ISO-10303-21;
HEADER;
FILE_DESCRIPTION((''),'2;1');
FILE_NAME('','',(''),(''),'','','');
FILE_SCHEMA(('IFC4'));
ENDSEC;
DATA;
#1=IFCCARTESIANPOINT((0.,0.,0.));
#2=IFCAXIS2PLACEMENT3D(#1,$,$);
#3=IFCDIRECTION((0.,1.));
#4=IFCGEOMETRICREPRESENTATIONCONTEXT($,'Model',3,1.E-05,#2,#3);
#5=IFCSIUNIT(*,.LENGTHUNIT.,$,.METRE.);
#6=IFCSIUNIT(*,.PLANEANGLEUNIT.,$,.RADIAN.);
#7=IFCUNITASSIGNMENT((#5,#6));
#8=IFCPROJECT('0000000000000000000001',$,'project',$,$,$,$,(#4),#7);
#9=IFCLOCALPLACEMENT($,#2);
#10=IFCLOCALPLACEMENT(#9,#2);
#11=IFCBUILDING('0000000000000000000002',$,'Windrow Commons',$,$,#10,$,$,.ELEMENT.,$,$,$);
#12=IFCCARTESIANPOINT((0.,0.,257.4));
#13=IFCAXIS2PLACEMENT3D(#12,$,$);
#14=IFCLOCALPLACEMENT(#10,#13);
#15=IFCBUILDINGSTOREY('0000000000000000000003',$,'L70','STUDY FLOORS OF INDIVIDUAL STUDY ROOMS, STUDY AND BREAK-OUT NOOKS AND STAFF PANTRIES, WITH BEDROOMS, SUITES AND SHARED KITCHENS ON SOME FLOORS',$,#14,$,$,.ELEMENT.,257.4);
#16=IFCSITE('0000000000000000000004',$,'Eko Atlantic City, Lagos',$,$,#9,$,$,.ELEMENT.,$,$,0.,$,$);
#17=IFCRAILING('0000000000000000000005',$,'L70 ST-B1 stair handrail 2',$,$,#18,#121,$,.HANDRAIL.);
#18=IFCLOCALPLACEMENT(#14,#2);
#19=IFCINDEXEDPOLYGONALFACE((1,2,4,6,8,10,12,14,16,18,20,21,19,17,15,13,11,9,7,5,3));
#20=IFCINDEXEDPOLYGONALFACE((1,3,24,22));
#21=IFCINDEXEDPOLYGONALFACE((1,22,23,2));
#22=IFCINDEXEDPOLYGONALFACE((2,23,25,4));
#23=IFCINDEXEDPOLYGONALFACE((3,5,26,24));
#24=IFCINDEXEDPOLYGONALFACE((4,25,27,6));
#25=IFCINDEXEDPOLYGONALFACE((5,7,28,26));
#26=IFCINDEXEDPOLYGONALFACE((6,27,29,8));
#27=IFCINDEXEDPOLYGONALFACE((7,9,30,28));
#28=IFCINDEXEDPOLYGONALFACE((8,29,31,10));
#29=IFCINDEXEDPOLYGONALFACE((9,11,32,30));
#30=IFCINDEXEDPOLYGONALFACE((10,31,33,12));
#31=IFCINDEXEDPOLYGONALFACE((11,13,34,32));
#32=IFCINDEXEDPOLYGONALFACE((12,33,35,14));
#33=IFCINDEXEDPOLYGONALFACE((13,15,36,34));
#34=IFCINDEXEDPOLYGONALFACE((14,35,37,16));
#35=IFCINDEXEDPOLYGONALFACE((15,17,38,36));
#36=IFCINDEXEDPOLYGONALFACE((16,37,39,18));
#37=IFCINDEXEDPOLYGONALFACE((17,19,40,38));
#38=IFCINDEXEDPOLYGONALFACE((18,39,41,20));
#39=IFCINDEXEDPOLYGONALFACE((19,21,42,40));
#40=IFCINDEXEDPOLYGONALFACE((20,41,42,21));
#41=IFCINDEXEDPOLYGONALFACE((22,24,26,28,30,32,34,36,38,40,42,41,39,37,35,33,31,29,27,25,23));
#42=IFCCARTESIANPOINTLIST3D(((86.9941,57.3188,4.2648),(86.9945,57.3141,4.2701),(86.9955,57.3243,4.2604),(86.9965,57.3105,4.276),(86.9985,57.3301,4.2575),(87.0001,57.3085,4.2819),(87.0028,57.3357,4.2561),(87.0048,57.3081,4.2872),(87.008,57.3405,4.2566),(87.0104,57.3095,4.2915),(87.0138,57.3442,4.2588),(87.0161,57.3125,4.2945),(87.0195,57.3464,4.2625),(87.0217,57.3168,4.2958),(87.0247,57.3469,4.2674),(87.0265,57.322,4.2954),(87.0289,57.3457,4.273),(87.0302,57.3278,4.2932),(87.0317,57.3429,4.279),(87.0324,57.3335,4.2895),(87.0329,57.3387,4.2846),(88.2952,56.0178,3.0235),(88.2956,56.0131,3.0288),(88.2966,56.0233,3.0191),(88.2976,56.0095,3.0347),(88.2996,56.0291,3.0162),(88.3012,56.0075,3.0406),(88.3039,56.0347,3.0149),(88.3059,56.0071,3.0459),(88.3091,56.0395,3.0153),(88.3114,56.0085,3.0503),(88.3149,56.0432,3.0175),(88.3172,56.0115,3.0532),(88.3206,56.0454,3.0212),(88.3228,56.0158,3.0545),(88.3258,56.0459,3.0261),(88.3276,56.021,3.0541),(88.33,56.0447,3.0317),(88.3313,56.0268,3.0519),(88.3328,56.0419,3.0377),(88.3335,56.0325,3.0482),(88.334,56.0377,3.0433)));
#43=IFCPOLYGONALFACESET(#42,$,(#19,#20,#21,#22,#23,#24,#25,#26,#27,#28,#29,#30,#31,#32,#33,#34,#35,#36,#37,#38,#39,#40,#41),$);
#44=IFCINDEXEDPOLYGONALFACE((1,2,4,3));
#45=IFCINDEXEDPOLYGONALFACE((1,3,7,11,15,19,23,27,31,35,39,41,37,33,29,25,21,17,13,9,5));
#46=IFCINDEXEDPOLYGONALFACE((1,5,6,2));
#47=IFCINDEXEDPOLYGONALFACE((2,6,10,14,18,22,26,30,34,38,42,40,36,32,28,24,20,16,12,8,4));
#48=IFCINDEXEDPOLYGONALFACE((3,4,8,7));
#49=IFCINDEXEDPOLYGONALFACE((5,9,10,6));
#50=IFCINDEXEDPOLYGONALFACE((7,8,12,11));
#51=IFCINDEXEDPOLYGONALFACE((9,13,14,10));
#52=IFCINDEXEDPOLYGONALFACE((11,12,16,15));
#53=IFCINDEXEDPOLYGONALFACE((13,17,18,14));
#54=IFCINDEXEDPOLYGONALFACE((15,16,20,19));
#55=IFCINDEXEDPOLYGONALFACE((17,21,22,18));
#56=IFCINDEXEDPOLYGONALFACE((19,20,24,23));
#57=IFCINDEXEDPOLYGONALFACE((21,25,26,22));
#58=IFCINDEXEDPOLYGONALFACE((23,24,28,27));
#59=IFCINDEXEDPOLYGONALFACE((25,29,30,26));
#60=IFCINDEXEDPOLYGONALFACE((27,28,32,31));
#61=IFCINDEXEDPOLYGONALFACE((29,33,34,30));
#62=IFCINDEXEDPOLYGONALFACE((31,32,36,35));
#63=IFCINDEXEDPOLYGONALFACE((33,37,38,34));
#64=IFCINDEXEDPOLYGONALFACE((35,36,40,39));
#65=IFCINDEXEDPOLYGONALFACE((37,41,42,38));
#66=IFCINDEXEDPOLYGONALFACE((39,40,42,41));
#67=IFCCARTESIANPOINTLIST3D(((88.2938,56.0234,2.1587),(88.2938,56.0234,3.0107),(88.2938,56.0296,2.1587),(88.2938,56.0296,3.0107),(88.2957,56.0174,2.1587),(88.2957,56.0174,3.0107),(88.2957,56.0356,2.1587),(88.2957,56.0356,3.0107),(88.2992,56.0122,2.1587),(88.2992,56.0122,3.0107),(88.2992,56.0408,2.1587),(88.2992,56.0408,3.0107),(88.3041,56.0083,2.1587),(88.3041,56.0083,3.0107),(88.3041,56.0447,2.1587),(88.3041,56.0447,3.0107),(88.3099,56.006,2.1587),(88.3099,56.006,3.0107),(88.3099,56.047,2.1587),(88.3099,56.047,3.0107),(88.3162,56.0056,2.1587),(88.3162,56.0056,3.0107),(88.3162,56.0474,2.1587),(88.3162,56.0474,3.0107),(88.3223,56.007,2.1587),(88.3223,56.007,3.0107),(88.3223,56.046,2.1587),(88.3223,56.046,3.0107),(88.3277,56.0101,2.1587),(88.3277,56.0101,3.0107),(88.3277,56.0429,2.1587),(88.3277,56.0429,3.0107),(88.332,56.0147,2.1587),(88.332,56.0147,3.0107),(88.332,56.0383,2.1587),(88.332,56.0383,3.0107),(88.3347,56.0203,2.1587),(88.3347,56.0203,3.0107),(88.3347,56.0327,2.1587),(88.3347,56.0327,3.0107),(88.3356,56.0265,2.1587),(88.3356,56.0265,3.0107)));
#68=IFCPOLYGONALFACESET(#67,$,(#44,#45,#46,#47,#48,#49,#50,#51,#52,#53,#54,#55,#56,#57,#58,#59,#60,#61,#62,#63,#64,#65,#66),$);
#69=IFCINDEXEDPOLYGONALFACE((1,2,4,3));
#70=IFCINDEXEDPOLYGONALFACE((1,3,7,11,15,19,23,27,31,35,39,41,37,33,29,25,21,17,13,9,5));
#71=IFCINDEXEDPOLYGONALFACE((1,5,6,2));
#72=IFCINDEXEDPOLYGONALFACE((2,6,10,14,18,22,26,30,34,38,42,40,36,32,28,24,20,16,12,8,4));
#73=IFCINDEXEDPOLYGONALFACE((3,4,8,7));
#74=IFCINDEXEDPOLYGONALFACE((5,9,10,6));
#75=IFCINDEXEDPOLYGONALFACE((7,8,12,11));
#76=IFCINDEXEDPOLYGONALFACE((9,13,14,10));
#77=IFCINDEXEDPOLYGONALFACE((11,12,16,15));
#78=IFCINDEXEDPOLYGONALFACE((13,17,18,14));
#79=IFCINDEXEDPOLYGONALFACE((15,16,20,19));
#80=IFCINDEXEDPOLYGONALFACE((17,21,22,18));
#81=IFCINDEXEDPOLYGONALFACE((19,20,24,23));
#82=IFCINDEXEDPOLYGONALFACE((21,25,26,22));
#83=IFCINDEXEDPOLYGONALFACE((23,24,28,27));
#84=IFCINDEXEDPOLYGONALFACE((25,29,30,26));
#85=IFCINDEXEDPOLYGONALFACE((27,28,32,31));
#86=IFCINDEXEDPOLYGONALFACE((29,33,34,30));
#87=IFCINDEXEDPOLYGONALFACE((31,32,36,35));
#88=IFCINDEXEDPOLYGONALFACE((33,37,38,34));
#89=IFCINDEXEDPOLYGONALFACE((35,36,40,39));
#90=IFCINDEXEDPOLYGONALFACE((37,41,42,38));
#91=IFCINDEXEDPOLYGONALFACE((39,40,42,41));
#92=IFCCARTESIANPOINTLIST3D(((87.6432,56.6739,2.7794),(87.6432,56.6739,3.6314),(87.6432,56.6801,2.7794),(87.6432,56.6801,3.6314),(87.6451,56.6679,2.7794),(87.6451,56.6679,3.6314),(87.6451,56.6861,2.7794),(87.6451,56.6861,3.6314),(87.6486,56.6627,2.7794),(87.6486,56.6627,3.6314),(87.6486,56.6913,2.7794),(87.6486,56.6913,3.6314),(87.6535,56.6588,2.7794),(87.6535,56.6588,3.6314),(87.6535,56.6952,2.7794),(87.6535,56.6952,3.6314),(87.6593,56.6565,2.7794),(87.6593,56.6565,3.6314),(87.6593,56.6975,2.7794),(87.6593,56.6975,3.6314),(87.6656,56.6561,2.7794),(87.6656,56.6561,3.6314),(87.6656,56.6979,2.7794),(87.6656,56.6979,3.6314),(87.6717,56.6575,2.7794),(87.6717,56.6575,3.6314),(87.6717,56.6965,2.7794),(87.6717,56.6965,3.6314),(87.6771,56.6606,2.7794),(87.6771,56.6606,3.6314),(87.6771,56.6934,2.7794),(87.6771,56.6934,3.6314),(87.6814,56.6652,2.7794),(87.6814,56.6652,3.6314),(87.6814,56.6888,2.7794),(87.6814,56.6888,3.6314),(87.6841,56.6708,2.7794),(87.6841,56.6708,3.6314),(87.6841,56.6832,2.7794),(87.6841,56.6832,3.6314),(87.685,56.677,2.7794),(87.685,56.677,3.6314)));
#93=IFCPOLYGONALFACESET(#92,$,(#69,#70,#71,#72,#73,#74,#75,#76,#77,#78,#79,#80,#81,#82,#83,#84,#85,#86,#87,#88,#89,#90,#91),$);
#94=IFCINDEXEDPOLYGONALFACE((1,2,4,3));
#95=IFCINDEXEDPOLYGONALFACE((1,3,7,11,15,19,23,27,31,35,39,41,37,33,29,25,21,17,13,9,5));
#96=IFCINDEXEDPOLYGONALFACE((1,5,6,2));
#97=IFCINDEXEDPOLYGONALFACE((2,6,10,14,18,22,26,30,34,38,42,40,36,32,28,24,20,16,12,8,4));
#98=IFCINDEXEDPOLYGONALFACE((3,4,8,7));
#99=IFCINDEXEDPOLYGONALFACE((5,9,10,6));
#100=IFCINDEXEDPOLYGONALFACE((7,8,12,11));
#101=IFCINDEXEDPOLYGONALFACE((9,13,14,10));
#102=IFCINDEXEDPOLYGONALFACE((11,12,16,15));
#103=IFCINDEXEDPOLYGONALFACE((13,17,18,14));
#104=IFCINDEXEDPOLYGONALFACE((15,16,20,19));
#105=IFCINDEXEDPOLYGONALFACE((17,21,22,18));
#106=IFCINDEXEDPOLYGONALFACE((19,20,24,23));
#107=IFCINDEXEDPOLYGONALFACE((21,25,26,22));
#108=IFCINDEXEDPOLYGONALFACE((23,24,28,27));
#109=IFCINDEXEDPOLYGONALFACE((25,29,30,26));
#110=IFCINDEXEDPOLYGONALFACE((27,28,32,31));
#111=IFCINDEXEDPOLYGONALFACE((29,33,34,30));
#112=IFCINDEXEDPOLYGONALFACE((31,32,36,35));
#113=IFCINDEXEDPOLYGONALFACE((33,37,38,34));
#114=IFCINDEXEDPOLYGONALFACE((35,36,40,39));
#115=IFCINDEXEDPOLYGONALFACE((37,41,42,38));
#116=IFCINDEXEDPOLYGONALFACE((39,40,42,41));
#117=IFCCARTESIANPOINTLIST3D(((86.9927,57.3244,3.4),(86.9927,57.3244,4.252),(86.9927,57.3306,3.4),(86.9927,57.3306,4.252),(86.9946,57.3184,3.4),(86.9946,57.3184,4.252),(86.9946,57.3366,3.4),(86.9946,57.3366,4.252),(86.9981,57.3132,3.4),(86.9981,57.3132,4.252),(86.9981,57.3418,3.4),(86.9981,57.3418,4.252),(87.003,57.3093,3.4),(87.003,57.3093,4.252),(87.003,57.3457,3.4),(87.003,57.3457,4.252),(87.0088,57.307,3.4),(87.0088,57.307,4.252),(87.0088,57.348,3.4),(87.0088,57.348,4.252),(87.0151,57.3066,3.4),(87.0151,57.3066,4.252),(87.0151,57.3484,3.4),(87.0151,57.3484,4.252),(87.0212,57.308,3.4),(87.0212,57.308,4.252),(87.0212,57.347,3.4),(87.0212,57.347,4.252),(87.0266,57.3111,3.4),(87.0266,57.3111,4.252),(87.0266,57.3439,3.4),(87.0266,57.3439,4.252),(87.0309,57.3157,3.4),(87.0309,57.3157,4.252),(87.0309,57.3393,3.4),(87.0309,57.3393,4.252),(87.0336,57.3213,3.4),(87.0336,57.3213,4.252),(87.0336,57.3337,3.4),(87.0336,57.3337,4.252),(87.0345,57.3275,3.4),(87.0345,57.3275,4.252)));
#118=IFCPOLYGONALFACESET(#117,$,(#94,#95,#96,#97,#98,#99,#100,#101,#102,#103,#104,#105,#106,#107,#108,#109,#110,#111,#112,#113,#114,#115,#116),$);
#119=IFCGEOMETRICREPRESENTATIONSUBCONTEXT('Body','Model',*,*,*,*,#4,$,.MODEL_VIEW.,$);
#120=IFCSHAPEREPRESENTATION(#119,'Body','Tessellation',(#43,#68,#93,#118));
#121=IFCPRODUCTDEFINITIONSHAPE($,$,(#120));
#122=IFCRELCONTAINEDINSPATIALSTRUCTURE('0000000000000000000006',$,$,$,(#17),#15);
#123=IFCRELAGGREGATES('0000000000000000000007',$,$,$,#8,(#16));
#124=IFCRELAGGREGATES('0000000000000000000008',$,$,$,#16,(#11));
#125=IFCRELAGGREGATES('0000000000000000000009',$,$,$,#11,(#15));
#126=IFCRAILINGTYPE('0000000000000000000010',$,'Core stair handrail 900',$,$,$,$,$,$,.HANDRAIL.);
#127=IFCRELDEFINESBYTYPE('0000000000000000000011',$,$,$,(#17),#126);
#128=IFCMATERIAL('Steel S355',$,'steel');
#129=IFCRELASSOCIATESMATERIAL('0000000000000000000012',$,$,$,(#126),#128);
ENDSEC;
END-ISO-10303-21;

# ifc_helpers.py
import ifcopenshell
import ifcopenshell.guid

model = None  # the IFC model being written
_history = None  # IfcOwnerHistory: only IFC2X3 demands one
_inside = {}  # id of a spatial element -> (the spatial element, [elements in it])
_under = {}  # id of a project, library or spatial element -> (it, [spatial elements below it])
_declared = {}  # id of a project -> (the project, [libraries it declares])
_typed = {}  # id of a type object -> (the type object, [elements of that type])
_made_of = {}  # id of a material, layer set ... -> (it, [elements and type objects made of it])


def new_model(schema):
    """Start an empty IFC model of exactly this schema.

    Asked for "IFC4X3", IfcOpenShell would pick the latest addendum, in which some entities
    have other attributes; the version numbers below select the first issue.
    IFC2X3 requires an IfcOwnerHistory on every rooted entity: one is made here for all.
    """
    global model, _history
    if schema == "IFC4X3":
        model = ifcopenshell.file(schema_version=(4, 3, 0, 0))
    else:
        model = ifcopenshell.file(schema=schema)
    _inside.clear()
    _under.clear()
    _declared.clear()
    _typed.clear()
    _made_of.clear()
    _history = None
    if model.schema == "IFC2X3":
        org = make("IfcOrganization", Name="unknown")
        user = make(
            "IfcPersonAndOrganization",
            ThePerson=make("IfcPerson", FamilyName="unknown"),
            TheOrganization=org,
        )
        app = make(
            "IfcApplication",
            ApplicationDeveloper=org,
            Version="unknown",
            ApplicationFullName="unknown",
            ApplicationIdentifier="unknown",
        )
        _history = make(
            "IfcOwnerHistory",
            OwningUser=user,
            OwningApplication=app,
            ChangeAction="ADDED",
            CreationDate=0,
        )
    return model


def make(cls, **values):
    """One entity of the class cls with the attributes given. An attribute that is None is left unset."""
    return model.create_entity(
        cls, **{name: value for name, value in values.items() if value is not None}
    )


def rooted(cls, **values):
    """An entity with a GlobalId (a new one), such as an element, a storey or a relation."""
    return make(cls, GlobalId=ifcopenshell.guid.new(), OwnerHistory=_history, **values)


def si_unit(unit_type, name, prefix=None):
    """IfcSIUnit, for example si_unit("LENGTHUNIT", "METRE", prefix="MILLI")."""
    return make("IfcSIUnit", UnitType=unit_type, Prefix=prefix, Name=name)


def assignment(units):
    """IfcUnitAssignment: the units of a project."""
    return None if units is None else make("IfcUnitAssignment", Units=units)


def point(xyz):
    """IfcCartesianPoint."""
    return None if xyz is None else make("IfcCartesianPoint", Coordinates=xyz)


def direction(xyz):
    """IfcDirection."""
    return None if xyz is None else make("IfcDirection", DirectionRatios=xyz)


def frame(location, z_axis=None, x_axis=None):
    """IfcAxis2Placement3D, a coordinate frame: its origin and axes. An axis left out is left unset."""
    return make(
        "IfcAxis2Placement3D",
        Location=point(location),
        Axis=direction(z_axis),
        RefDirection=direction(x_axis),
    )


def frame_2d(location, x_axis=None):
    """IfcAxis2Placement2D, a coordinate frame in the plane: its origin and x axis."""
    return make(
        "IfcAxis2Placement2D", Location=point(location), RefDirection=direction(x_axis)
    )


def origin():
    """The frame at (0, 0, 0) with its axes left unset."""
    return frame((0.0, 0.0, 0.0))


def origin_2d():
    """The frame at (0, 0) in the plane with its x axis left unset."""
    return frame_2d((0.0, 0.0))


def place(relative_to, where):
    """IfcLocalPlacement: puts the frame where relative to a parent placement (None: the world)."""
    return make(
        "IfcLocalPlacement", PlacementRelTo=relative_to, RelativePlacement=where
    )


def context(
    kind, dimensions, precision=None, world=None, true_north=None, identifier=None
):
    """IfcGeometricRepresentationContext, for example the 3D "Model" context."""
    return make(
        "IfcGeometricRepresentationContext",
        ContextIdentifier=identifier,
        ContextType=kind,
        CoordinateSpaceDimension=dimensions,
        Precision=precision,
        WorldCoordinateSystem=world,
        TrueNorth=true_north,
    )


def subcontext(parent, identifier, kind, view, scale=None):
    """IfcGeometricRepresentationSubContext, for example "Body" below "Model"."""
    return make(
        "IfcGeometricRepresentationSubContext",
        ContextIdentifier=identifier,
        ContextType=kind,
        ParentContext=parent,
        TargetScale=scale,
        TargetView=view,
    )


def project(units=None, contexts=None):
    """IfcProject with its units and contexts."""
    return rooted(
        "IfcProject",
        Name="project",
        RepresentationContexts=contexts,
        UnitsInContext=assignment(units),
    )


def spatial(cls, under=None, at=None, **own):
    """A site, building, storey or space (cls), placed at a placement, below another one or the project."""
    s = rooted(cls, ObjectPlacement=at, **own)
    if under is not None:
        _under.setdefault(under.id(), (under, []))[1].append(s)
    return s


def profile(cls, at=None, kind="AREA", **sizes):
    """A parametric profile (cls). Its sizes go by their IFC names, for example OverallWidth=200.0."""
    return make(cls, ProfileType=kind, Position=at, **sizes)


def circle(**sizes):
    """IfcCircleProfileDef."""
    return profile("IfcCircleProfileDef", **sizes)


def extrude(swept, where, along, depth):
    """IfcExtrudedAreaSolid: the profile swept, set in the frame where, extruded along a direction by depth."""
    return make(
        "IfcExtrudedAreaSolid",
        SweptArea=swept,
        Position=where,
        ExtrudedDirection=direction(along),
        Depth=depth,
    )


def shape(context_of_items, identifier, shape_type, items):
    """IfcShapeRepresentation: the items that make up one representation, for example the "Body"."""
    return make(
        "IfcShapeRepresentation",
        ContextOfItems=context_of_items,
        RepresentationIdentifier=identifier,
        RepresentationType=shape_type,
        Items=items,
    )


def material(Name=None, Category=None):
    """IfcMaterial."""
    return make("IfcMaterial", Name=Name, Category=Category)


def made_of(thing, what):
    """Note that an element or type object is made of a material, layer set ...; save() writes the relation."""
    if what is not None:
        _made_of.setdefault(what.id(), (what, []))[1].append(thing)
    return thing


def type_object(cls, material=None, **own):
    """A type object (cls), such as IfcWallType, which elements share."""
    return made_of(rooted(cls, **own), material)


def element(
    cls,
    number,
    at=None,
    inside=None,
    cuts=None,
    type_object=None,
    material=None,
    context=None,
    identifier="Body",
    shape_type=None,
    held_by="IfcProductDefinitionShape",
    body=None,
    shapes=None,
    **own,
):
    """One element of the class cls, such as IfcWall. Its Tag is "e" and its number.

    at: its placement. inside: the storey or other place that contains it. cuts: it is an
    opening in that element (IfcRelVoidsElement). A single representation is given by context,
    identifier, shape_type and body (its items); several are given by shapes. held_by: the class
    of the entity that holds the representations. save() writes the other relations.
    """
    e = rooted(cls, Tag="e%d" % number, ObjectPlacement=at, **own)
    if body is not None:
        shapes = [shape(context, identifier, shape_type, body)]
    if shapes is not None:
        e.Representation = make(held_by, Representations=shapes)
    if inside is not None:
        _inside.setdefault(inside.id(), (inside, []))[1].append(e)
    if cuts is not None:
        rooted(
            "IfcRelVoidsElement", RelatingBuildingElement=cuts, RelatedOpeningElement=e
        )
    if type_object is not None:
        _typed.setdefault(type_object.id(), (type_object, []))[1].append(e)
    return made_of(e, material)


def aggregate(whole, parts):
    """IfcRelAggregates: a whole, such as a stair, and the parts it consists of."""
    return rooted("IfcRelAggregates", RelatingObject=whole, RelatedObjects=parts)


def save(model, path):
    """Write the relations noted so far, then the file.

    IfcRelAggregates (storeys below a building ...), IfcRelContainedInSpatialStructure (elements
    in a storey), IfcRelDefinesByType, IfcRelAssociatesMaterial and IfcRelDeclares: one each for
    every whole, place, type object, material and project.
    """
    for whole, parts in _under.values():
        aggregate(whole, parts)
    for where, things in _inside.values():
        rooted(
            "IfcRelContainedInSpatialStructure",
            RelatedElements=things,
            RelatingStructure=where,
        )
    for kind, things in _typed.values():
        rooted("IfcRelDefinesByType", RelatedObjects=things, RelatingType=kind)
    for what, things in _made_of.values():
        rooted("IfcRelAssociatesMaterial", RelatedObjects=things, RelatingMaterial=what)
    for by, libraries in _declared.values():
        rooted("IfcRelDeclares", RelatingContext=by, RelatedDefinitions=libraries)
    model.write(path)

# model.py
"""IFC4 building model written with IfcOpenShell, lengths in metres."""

from ifc_helpers import new_model, si_unit, direction, frame, origin, origin_2d, place, context, subcontext, project, spatial, circle, extrude, material, type_object, element, save


model = new_model("IFC4")

# Units and contexts
model_context = context("Model", 3, precision=1e-05, world=origin(), true_north=direction((0.0, 1.0)))
body_context = subcontext(model_context, "Body", "Model", "MODEL_VIEW")
ifc_project = project(units=[si_unit("LENGTHUNIT", "METRE"), si_unit("PLANEANGLEUNIT", "RADIAN")], contexts=[model_context])

# Site, building, storey
site_placement = place(None, origin())
site = spatial("IfcSite", under=ifc_project, at=site_placement, Name="Eko Atlantic City, Lagos", CompositionType="ELEMENT", RefElevation=0.0)
building_placement = place(site_placement, origin())
building = spatial("IfcBuilding", under=site, at=building_placement, Name="Windrow Commons", CompositionType="ELEMENT")
storey_placement = place(building_placement, frame((0.0, 0.0, 257.4)))
storey = spatial("IfcBuildingStorey", under=building, at=storey_placement, Name="L70", Description="STUDY FLOORS OF INDIVIDUAL STUDY ROOMS, STUDY AND BREAK-OUT NOOKS AND STAFF PANTRIES, WITH BEDROOMS, SUITES AND SHARED KITCHENS ON SOME FLOORS", CompositionType="ELEMENT", Elevation=257.4)

# Railing
ifc_material_1 = material(Name="Steel S355", Category="steel")
railing_type_1 = type_object("IfcRailingType", Name="Core stair handrail 900", PredefinedType="HANDRAIL", material=ifc_material_1)
railing_1_placement = place(storey_placement, frame((88.3146, 56.0265, 2.1587)))
element("IfcRailing", 1, at=railing_1_placement, inside=storey, type_object=railing_type_1, Name="L70 ST-B1 stair handrail 2", PredefinedType="HANDRAIL", context=body_context, shape_type="SweptSolid", body=[
    extrude(circle(Radius=0.024, at=origin_2d()), frame((0.0, 0.0, 0.876), z_axis=(-0.586207, 0.586162, 0.559264), x_axis=(-0.70708, -0.707134, 0.0)), (0.0, 0.0, 1.0), 2.2195),
    extrude(circle(Radius=0.021, at=origin_2d()), origin(), (0.0, 0.0, 1.0), 0.852),
    extrude(circle(Radius=0.021, at=origin_2d()), frame((-0.6506, 0.6505, 0.6207)), (0.0, 0.0, 1.0), 0.852),
    extrude(circle(Radius=0.021, at=origin_2d()), frame((-1.3011, 1.301, 1.2413)), (0.0, 0.0, 1.0), 0.852),
])

save(model, "model.ifc")
